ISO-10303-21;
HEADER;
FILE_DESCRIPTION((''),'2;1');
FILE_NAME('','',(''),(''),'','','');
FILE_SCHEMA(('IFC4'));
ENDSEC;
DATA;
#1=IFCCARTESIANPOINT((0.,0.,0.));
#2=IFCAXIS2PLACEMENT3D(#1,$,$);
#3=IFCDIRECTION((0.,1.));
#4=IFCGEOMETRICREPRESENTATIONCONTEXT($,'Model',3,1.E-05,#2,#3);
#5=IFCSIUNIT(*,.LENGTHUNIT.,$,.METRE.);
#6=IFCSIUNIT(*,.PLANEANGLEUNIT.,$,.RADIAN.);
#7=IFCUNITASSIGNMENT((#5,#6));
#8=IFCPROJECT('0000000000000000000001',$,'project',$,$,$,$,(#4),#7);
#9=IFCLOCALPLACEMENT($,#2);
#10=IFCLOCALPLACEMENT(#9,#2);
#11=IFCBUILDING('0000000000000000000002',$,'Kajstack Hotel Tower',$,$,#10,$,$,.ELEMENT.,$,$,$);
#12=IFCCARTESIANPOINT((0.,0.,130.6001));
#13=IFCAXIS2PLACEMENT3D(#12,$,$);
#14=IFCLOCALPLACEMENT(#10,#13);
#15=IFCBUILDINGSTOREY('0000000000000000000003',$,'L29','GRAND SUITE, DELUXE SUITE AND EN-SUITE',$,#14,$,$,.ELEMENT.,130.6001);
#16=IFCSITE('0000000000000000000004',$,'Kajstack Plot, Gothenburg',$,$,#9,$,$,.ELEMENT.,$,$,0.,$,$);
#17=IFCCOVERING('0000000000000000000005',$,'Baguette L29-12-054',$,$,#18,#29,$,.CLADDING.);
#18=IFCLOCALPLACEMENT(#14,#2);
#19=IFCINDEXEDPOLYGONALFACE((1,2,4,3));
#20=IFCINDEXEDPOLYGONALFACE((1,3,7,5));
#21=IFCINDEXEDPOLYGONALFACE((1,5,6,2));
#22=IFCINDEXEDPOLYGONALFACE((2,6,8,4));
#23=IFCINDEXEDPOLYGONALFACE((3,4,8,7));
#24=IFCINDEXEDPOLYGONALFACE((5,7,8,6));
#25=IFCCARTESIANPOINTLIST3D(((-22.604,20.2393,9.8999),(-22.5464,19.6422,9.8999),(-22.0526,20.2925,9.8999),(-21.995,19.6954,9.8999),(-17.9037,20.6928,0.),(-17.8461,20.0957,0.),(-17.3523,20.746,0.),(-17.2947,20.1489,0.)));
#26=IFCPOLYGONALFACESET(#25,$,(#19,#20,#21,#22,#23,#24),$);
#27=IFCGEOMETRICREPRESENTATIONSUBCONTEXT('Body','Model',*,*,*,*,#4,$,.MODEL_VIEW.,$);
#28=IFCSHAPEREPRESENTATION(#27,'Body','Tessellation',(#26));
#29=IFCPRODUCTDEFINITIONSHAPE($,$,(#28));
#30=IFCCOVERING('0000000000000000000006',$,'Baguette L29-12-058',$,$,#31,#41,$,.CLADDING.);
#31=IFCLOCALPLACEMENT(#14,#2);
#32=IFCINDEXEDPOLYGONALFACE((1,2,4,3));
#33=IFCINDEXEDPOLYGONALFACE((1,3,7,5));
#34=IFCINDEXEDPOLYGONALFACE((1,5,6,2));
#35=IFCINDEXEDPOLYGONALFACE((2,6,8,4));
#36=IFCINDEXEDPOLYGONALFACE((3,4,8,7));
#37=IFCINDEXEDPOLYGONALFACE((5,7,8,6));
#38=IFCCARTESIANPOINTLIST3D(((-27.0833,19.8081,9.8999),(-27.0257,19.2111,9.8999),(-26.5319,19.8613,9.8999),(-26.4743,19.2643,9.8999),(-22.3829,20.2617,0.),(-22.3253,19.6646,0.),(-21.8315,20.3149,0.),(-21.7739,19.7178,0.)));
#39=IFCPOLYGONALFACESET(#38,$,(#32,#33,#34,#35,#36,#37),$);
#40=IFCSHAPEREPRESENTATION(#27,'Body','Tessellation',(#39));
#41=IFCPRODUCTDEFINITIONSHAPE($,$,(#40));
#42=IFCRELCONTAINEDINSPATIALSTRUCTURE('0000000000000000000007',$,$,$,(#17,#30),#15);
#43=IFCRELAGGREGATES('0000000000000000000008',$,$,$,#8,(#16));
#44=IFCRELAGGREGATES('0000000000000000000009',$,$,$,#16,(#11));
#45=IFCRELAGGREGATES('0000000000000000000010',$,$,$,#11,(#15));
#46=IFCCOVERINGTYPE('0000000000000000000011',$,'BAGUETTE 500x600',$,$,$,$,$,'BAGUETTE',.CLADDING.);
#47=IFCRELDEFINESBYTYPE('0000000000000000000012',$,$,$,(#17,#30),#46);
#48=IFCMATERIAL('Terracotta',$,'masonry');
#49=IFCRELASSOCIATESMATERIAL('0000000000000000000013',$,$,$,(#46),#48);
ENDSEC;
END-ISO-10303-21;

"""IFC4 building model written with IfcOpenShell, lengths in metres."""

from ifc_helpers import new_model, si_unit, direction, frame, origin, origin_2d, place, context, subcontext, project, spatial, polyline, rectangle, outline, extrude, material, material_profile, profile_set, type_object, element, save


model = new_model("IFC4")

# Units and contexts
model_context = context("Model", 3, precision=1e-05, world=origin(), true_north=direction((0.0, 1.0)))
body_context = subcontext(model_context, "Body", "Model", "MODEL_VIEW")
ifc_project = project(units=[si_unit("LENGTHUNIT", "METRE"), si_unit("PLANEANGLEUNIT", "RADIAN")], contexts=[model_context])

# Site, building, storey
site_placement = place(None, origin())
site = spatial("IfcSite", under=ifc_project, at=site_placement, Name="Kajstack Plot, Gothenburg", CompositionType="ELEMENT", RefElevation=0.0)
building_placement = place(site_placement, origin())
building = spatial("IfcBuilding", under=site, at=building_placement, Name="Kajstack Hotel Tower", CompositionType="ELEMENT")
storey_placement = place(building_placement, frame((0.0, 0.0, 130.6001)))
storey = spatial("IfcBuildingStorey", under=building, at=storey_placement, Name="L29", Description="GRAND SUITE, DELUXE SUITE AND EN-SUITE", CompositionType="ELEMENT", Elevation=130.6001)

# Coverings
ifc_material_1 = material(Name="Terracotta", Category="masonry")
ifc_material_profile = material_profile(ifc_material_1, rectangle(XDim=0.6001, YDim=0.5, at=origin_2d()), Name="Terracotta-clad concrete baguette 500 x 600")
ifc_profile_set = profile_set([ifc_material_profile], Name="Terracotta")
covering_type = type_object("IfcCoveringType", Name="BAGUETTE 500x600", ElementType="BAGUETTE", PredefinedType="CLADDING", material=ifc_profile_set)
for number, where, z_axis, x_axis, name in (
    (1, (-17.2947, 20.1489, 0.0), (-0.096038, 0.995378, 0.0), (-0.995378, -0.096038, 0.0), "Baguette L29-12-054"),
    (2, (-21.7739, 19.7178, 0.0), (-0.096038, 0.995378, 0.0), (-0.995378, -0.096038, 0.0), "Baguette L29-12-058"),
):
    element("IfcCovering", number, at=place(storey_placement, frame(where, z_axis=z_axis, x_axis=x_axis)), inside=storey, type_object=covering_type, Name=name, PredefinedType="CLADDING", context=body_context, shape_type="SweptSolid", body=[
        extrude(outline(polyline([(4.7222, 9.8999), (0.0, 0.0), (0.554, 0.0), (5.2761, 9.8999), (4.7222, 9.8999)])), origin(), (0.0, 0.0, 1.0), 0.5999),
    ])

save(model, "model.ifc")
